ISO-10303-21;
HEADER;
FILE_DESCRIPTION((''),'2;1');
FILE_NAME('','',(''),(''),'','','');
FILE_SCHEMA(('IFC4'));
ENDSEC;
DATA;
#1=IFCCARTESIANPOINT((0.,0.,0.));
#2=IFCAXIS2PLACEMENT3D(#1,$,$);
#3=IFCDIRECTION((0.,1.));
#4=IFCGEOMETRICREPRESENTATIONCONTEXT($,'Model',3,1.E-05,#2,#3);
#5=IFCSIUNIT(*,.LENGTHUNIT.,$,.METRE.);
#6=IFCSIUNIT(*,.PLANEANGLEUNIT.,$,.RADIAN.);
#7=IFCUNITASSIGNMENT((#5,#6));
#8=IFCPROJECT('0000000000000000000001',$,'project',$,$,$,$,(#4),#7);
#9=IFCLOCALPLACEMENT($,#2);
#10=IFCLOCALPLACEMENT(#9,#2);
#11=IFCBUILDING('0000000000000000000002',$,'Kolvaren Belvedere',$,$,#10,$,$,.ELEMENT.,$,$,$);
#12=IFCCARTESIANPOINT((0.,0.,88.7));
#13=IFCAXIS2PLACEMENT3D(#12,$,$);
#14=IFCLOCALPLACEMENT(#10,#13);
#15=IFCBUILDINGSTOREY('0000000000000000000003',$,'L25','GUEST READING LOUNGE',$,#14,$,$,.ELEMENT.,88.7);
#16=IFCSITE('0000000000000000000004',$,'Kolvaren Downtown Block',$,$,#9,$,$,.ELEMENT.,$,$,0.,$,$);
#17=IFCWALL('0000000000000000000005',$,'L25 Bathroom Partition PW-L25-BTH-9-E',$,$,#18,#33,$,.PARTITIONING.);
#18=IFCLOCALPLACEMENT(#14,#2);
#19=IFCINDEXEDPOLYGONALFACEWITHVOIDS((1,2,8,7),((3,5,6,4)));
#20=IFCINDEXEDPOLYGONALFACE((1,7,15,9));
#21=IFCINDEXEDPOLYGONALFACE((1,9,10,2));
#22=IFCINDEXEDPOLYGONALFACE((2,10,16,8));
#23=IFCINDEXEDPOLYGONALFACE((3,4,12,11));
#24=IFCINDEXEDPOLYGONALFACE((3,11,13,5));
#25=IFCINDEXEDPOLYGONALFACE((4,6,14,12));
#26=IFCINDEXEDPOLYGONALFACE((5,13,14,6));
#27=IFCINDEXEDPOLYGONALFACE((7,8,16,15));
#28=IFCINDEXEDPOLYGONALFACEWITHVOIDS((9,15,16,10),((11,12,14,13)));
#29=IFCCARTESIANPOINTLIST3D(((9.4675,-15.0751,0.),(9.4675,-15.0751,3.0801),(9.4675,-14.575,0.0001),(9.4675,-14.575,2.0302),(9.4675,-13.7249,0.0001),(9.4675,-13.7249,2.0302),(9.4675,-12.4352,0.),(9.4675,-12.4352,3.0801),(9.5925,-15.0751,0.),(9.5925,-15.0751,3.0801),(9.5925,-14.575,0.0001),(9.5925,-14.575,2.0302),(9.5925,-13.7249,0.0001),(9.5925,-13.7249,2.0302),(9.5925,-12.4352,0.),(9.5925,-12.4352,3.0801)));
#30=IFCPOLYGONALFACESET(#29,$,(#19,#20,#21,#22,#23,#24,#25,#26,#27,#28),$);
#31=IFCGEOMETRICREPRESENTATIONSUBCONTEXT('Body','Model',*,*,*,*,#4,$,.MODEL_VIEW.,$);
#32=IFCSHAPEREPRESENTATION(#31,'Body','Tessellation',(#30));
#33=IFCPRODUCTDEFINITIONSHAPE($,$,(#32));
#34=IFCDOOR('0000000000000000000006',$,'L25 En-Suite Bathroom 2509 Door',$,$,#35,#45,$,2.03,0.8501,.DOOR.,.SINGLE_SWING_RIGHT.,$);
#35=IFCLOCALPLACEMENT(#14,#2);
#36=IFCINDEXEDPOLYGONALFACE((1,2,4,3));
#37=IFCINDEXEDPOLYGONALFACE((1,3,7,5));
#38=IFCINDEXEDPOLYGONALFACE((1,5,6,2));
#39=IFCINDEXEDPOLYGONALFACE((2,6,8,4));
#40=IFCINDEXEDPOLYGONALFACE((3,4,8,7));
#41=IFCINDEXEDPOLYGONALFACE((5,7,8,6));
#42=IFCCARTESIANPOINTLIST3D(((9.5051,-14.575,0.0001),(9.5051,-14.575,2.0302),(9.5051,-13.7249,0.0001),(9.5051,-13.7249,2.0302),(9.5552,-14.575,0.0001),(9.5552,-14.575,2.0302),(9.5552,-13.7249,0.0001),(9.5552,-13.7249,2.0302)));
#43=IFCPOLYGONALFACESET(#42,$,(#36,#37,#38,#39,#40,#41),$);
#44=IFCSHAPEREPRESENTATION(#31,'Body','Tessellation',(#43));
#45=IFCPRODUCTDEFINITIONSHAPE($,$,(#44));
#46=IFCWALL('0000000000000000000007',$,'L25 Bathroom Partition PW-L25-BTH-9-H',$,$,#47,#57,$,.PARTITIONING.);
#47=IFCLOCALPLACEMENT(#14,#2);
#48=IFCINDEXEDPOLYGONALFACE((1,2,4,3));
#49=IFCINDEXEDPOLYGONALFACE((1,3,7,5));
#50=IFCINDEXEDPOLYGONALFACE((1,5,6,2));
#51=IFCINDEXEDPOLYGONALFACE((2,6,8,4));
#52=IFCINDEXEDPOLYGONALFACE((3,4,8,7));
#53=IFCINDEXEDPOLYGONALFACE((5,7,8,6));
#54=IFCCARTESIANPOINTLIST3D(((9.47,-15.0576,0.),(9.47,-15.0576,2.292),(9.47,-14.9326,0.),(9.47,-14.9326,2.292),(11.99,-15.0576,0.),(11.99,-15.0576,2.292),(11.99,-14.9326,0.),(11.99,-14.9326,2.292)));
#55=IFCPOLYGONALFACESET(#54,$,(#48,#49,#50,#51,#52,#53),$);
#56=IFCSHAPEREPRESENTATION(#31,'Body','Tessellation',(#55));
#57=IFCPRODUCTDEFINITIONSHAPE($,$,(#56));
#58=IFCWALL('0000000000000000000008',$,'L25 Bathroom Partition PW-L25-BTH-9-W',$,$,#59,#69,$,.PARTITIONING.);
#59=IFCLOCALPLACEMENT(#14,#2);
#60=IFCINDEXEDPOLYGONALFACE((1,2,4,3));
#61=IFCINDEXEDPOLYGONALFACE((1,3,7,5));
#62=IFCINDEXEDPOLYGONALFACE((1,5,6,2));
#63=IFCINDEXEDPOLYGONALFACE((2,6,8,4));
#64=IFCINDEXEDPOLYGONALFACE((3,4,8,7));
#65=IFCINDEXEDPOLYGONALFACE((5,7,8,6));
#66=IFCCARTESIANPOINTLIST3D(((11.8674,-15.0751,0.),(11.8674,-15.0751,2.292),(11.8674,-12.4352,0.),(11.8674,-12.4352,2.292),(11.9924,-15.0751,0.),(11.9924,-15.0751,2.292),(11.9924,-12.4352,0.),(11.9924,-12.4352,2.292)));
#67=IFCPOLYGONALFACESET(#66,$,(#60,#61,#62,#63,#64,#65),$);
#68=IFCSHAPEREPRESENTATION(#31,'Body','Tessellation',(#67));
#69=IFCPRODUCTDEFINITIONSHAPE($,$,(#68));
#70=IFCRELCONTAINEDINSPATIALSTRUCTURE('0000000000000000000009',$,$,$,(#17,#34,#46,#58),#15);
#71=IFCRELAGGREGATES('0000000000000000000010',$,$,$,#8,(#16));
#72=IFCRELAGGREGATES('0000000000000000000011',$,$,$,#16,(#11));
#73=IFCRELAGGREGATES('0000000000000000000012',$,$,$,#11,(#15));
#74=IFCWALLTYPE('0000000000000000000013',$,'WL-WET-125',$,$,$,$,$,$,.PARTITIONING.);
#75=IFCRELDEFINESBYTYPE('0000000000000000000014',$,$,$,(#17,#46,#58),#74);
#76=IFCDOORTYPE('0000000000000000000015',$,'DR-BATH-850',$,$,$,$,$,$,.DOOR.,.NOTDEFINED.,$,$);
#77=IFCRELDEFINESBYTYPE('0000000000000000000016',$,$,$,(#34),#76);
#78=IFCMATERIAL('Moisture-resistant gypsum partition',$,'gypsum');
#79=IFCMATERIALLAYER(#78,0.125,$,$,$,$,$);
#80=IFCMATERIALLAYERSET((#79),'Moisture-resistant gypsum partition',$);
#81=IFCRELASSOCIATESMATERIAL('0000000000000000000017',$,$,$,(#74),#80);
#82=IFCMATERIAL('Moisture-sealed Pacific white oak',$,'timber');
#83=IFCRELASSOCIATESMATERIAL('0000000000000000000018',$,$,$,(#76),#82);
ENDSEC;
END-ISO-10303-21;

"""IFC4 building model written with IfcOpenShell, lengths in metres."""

from ifc_helpers import new_model, si_unit, direction, frame, frame_2d, origin, place, context, subcontext, project, spatial, rectangle, extrude, material, layer, layer_set, type_object, element, fill, save


model = new_model("IFC4")

# Units and contexts
model_context = context("Model", 3, precision=1e-05, world=origin(), true_north=direction((0.0, 1.0)))
body_context = subcontext(model_context, "Body", "Model", "MODEL_VIEW")
ifc_project = project(units=[si_unit("LENGTHUNIT", "METRE"), si_unit("PLANEANGLEUNIT", "RADIAN")], contexts=[model_context])

# Site, building, storey
site_placement = place(None, origin())
site = spatial("IfcSite", under=ifc_project, at=site_placement, Name="Kolvaren Downtown Block", CompositionType="ELEMENT", RefElevation=0.0)
building_placement = place(site_placement, origin())
building = spatial("IfcBuilding", under=site, at=building_placement, Name="Kolvaren Belvedere", CompositionType="ELEMENT")
storey_placement = place(building_placement, frame((0.0, 0.0, 88.7)))
storey = spatial("IfcBuildingStorey", under=building, at=storey_placement, Name="L25", Description="GUEST READING LOUNGE", CompositionType="ELEMENT", Elevation=88.7)

# Wall, opening, door
ifc_material_1 = material(Name="Moisture-resistant gypsum partition", Category="gypsum")
ifc_layer_1 = layer(ifc_material_1, 0.125)
ifc_layer_set_1 = layer_set([ifc_layer_1], Name="Moisture-resistant gypsum partition")
wall_type_1 = type_object("IfcWallType", Name="WL-WET-125", PredefinedType="PARTITIONING", material=ifc_layer_set_1)
wall_1_placement = place(storey_placement, frame((9.53, -15.075, 0.0), z_axis=(0.0, 0.0, 1.0), x_axis=(0.0, 1.0, 0.0)))
wall_1 = element("IfcWall", 1, at=wall_1_placement, inside=storey, type_object=wall_type_1, Name="L25 Bathroom Partition PW-L25-BTH-9-E", PredefinedType="PARTITIONING", context=body_context, shape_type="SweptSolid", body=[
    extrude(rectangle(XDim=2.6399, YDim=0.125, at=frame_2d((1.3198, 0.0))), origin(), (0.0, 0.0, 1.0), 3.0801),
])
opening_1_placement = place(wall_1_placement, frame((0.5, 0.0, 0.0)))
opening_1 = element("IfcOpeningElement", 2, at=opening_1_placement, cuts=wall_1, PredefinedType="OPENING", context=body_context, shape_type="SweptSolid", body=[
    extrude(rectangle(XDim=0.8501, YDim=2.03, at=frame_2d((0.425, 1.0151))), frame((0.0, 0.0725, 0.0), z_axis=(0.0, -1.0, 0.0), x_axis=(1.0, 0.0, 0.0)), (0.0, 0.0, 1.0), 0.145),
])
ifc_material_2 = material(Name="Moisture-sealed Pacific white oak", Category="timber")
door_type_1 = type_object("IfcDoorType", Name="DR-BATH-850", OperationType="NOTDEFINED", PredefinedType="DOOR", material=ifc_material_2)
door_1_placement = place(opening_1_placement, origin())
door_1 = element("IfcDoor", 3, at=door_1_placement, inside=storey, type_object=door_type_1, Name="L25 En-Suite Bathroom 2509 Door", OperationType="SINGLE_SWING_RIGHT", OverallHeight=2.03, OverallWidth=0.8501, PredefinedType="DOOR", context=body_context, shape_type="SweptSolid", body=[
    extrude(rectangle(XDim=0.8501, YDim=2.03, at=frame_2d((0.425, 1.0151))), frame((0.0, 0.0249, 0.0), z_axis=(0.0, -1.0, 0.0), x_axis=(1.0, 0.0, 0.0)), (0.0, 0.0, 1.0), 0.05),
])
fill(opening_1, door_1)

# Walls
wall_2_placement = place(storey_placement, frame((9.47, -14.9951, 0.0), z_axis=(0.0, 0.0, 1.0), x_axis=(1.0, 0.0, 0.0)))
element("IfcWall", 4, at=wall_2_placement, inside=storey, type_object=wall_type_1, Name="L25 Bathroom Partition PW-L25-BTH-9-H", PredefinedType="PARTITIONING", context=body_context, shape_type="SweptSolid", body=[
    extrude(rectangle(XDim=2.52, YDim=0.125, at=frame_2d((1.26, 0.0))), origin(), (0.0, 0.0, 1.0), 2.292),
])
wall_3_placement = place(storey_placement, frame((11.9299, -15.075, 0.0), z_axis=(0.0, 0.0, 1.0), x_axis=(0.0, 1.0, 0.0)))
element("IfcWall", 5, at=wall_3_placement, inside=storey, type_object=wall_type_1, Name="L25 Bathroom Partition PW-L25-BTH-9-W", PredefinedType="PARTITIONING", context=body_context, shape_type="SweptSolid", body=[
    extrude(rectangle(XDim=2.6399, YDim=0.125, at=frame_2d((1.3198, 0.0))), origin(), (0.0, 0.0, 1.0), 2.292),
])

save(model, "model.ifc")
